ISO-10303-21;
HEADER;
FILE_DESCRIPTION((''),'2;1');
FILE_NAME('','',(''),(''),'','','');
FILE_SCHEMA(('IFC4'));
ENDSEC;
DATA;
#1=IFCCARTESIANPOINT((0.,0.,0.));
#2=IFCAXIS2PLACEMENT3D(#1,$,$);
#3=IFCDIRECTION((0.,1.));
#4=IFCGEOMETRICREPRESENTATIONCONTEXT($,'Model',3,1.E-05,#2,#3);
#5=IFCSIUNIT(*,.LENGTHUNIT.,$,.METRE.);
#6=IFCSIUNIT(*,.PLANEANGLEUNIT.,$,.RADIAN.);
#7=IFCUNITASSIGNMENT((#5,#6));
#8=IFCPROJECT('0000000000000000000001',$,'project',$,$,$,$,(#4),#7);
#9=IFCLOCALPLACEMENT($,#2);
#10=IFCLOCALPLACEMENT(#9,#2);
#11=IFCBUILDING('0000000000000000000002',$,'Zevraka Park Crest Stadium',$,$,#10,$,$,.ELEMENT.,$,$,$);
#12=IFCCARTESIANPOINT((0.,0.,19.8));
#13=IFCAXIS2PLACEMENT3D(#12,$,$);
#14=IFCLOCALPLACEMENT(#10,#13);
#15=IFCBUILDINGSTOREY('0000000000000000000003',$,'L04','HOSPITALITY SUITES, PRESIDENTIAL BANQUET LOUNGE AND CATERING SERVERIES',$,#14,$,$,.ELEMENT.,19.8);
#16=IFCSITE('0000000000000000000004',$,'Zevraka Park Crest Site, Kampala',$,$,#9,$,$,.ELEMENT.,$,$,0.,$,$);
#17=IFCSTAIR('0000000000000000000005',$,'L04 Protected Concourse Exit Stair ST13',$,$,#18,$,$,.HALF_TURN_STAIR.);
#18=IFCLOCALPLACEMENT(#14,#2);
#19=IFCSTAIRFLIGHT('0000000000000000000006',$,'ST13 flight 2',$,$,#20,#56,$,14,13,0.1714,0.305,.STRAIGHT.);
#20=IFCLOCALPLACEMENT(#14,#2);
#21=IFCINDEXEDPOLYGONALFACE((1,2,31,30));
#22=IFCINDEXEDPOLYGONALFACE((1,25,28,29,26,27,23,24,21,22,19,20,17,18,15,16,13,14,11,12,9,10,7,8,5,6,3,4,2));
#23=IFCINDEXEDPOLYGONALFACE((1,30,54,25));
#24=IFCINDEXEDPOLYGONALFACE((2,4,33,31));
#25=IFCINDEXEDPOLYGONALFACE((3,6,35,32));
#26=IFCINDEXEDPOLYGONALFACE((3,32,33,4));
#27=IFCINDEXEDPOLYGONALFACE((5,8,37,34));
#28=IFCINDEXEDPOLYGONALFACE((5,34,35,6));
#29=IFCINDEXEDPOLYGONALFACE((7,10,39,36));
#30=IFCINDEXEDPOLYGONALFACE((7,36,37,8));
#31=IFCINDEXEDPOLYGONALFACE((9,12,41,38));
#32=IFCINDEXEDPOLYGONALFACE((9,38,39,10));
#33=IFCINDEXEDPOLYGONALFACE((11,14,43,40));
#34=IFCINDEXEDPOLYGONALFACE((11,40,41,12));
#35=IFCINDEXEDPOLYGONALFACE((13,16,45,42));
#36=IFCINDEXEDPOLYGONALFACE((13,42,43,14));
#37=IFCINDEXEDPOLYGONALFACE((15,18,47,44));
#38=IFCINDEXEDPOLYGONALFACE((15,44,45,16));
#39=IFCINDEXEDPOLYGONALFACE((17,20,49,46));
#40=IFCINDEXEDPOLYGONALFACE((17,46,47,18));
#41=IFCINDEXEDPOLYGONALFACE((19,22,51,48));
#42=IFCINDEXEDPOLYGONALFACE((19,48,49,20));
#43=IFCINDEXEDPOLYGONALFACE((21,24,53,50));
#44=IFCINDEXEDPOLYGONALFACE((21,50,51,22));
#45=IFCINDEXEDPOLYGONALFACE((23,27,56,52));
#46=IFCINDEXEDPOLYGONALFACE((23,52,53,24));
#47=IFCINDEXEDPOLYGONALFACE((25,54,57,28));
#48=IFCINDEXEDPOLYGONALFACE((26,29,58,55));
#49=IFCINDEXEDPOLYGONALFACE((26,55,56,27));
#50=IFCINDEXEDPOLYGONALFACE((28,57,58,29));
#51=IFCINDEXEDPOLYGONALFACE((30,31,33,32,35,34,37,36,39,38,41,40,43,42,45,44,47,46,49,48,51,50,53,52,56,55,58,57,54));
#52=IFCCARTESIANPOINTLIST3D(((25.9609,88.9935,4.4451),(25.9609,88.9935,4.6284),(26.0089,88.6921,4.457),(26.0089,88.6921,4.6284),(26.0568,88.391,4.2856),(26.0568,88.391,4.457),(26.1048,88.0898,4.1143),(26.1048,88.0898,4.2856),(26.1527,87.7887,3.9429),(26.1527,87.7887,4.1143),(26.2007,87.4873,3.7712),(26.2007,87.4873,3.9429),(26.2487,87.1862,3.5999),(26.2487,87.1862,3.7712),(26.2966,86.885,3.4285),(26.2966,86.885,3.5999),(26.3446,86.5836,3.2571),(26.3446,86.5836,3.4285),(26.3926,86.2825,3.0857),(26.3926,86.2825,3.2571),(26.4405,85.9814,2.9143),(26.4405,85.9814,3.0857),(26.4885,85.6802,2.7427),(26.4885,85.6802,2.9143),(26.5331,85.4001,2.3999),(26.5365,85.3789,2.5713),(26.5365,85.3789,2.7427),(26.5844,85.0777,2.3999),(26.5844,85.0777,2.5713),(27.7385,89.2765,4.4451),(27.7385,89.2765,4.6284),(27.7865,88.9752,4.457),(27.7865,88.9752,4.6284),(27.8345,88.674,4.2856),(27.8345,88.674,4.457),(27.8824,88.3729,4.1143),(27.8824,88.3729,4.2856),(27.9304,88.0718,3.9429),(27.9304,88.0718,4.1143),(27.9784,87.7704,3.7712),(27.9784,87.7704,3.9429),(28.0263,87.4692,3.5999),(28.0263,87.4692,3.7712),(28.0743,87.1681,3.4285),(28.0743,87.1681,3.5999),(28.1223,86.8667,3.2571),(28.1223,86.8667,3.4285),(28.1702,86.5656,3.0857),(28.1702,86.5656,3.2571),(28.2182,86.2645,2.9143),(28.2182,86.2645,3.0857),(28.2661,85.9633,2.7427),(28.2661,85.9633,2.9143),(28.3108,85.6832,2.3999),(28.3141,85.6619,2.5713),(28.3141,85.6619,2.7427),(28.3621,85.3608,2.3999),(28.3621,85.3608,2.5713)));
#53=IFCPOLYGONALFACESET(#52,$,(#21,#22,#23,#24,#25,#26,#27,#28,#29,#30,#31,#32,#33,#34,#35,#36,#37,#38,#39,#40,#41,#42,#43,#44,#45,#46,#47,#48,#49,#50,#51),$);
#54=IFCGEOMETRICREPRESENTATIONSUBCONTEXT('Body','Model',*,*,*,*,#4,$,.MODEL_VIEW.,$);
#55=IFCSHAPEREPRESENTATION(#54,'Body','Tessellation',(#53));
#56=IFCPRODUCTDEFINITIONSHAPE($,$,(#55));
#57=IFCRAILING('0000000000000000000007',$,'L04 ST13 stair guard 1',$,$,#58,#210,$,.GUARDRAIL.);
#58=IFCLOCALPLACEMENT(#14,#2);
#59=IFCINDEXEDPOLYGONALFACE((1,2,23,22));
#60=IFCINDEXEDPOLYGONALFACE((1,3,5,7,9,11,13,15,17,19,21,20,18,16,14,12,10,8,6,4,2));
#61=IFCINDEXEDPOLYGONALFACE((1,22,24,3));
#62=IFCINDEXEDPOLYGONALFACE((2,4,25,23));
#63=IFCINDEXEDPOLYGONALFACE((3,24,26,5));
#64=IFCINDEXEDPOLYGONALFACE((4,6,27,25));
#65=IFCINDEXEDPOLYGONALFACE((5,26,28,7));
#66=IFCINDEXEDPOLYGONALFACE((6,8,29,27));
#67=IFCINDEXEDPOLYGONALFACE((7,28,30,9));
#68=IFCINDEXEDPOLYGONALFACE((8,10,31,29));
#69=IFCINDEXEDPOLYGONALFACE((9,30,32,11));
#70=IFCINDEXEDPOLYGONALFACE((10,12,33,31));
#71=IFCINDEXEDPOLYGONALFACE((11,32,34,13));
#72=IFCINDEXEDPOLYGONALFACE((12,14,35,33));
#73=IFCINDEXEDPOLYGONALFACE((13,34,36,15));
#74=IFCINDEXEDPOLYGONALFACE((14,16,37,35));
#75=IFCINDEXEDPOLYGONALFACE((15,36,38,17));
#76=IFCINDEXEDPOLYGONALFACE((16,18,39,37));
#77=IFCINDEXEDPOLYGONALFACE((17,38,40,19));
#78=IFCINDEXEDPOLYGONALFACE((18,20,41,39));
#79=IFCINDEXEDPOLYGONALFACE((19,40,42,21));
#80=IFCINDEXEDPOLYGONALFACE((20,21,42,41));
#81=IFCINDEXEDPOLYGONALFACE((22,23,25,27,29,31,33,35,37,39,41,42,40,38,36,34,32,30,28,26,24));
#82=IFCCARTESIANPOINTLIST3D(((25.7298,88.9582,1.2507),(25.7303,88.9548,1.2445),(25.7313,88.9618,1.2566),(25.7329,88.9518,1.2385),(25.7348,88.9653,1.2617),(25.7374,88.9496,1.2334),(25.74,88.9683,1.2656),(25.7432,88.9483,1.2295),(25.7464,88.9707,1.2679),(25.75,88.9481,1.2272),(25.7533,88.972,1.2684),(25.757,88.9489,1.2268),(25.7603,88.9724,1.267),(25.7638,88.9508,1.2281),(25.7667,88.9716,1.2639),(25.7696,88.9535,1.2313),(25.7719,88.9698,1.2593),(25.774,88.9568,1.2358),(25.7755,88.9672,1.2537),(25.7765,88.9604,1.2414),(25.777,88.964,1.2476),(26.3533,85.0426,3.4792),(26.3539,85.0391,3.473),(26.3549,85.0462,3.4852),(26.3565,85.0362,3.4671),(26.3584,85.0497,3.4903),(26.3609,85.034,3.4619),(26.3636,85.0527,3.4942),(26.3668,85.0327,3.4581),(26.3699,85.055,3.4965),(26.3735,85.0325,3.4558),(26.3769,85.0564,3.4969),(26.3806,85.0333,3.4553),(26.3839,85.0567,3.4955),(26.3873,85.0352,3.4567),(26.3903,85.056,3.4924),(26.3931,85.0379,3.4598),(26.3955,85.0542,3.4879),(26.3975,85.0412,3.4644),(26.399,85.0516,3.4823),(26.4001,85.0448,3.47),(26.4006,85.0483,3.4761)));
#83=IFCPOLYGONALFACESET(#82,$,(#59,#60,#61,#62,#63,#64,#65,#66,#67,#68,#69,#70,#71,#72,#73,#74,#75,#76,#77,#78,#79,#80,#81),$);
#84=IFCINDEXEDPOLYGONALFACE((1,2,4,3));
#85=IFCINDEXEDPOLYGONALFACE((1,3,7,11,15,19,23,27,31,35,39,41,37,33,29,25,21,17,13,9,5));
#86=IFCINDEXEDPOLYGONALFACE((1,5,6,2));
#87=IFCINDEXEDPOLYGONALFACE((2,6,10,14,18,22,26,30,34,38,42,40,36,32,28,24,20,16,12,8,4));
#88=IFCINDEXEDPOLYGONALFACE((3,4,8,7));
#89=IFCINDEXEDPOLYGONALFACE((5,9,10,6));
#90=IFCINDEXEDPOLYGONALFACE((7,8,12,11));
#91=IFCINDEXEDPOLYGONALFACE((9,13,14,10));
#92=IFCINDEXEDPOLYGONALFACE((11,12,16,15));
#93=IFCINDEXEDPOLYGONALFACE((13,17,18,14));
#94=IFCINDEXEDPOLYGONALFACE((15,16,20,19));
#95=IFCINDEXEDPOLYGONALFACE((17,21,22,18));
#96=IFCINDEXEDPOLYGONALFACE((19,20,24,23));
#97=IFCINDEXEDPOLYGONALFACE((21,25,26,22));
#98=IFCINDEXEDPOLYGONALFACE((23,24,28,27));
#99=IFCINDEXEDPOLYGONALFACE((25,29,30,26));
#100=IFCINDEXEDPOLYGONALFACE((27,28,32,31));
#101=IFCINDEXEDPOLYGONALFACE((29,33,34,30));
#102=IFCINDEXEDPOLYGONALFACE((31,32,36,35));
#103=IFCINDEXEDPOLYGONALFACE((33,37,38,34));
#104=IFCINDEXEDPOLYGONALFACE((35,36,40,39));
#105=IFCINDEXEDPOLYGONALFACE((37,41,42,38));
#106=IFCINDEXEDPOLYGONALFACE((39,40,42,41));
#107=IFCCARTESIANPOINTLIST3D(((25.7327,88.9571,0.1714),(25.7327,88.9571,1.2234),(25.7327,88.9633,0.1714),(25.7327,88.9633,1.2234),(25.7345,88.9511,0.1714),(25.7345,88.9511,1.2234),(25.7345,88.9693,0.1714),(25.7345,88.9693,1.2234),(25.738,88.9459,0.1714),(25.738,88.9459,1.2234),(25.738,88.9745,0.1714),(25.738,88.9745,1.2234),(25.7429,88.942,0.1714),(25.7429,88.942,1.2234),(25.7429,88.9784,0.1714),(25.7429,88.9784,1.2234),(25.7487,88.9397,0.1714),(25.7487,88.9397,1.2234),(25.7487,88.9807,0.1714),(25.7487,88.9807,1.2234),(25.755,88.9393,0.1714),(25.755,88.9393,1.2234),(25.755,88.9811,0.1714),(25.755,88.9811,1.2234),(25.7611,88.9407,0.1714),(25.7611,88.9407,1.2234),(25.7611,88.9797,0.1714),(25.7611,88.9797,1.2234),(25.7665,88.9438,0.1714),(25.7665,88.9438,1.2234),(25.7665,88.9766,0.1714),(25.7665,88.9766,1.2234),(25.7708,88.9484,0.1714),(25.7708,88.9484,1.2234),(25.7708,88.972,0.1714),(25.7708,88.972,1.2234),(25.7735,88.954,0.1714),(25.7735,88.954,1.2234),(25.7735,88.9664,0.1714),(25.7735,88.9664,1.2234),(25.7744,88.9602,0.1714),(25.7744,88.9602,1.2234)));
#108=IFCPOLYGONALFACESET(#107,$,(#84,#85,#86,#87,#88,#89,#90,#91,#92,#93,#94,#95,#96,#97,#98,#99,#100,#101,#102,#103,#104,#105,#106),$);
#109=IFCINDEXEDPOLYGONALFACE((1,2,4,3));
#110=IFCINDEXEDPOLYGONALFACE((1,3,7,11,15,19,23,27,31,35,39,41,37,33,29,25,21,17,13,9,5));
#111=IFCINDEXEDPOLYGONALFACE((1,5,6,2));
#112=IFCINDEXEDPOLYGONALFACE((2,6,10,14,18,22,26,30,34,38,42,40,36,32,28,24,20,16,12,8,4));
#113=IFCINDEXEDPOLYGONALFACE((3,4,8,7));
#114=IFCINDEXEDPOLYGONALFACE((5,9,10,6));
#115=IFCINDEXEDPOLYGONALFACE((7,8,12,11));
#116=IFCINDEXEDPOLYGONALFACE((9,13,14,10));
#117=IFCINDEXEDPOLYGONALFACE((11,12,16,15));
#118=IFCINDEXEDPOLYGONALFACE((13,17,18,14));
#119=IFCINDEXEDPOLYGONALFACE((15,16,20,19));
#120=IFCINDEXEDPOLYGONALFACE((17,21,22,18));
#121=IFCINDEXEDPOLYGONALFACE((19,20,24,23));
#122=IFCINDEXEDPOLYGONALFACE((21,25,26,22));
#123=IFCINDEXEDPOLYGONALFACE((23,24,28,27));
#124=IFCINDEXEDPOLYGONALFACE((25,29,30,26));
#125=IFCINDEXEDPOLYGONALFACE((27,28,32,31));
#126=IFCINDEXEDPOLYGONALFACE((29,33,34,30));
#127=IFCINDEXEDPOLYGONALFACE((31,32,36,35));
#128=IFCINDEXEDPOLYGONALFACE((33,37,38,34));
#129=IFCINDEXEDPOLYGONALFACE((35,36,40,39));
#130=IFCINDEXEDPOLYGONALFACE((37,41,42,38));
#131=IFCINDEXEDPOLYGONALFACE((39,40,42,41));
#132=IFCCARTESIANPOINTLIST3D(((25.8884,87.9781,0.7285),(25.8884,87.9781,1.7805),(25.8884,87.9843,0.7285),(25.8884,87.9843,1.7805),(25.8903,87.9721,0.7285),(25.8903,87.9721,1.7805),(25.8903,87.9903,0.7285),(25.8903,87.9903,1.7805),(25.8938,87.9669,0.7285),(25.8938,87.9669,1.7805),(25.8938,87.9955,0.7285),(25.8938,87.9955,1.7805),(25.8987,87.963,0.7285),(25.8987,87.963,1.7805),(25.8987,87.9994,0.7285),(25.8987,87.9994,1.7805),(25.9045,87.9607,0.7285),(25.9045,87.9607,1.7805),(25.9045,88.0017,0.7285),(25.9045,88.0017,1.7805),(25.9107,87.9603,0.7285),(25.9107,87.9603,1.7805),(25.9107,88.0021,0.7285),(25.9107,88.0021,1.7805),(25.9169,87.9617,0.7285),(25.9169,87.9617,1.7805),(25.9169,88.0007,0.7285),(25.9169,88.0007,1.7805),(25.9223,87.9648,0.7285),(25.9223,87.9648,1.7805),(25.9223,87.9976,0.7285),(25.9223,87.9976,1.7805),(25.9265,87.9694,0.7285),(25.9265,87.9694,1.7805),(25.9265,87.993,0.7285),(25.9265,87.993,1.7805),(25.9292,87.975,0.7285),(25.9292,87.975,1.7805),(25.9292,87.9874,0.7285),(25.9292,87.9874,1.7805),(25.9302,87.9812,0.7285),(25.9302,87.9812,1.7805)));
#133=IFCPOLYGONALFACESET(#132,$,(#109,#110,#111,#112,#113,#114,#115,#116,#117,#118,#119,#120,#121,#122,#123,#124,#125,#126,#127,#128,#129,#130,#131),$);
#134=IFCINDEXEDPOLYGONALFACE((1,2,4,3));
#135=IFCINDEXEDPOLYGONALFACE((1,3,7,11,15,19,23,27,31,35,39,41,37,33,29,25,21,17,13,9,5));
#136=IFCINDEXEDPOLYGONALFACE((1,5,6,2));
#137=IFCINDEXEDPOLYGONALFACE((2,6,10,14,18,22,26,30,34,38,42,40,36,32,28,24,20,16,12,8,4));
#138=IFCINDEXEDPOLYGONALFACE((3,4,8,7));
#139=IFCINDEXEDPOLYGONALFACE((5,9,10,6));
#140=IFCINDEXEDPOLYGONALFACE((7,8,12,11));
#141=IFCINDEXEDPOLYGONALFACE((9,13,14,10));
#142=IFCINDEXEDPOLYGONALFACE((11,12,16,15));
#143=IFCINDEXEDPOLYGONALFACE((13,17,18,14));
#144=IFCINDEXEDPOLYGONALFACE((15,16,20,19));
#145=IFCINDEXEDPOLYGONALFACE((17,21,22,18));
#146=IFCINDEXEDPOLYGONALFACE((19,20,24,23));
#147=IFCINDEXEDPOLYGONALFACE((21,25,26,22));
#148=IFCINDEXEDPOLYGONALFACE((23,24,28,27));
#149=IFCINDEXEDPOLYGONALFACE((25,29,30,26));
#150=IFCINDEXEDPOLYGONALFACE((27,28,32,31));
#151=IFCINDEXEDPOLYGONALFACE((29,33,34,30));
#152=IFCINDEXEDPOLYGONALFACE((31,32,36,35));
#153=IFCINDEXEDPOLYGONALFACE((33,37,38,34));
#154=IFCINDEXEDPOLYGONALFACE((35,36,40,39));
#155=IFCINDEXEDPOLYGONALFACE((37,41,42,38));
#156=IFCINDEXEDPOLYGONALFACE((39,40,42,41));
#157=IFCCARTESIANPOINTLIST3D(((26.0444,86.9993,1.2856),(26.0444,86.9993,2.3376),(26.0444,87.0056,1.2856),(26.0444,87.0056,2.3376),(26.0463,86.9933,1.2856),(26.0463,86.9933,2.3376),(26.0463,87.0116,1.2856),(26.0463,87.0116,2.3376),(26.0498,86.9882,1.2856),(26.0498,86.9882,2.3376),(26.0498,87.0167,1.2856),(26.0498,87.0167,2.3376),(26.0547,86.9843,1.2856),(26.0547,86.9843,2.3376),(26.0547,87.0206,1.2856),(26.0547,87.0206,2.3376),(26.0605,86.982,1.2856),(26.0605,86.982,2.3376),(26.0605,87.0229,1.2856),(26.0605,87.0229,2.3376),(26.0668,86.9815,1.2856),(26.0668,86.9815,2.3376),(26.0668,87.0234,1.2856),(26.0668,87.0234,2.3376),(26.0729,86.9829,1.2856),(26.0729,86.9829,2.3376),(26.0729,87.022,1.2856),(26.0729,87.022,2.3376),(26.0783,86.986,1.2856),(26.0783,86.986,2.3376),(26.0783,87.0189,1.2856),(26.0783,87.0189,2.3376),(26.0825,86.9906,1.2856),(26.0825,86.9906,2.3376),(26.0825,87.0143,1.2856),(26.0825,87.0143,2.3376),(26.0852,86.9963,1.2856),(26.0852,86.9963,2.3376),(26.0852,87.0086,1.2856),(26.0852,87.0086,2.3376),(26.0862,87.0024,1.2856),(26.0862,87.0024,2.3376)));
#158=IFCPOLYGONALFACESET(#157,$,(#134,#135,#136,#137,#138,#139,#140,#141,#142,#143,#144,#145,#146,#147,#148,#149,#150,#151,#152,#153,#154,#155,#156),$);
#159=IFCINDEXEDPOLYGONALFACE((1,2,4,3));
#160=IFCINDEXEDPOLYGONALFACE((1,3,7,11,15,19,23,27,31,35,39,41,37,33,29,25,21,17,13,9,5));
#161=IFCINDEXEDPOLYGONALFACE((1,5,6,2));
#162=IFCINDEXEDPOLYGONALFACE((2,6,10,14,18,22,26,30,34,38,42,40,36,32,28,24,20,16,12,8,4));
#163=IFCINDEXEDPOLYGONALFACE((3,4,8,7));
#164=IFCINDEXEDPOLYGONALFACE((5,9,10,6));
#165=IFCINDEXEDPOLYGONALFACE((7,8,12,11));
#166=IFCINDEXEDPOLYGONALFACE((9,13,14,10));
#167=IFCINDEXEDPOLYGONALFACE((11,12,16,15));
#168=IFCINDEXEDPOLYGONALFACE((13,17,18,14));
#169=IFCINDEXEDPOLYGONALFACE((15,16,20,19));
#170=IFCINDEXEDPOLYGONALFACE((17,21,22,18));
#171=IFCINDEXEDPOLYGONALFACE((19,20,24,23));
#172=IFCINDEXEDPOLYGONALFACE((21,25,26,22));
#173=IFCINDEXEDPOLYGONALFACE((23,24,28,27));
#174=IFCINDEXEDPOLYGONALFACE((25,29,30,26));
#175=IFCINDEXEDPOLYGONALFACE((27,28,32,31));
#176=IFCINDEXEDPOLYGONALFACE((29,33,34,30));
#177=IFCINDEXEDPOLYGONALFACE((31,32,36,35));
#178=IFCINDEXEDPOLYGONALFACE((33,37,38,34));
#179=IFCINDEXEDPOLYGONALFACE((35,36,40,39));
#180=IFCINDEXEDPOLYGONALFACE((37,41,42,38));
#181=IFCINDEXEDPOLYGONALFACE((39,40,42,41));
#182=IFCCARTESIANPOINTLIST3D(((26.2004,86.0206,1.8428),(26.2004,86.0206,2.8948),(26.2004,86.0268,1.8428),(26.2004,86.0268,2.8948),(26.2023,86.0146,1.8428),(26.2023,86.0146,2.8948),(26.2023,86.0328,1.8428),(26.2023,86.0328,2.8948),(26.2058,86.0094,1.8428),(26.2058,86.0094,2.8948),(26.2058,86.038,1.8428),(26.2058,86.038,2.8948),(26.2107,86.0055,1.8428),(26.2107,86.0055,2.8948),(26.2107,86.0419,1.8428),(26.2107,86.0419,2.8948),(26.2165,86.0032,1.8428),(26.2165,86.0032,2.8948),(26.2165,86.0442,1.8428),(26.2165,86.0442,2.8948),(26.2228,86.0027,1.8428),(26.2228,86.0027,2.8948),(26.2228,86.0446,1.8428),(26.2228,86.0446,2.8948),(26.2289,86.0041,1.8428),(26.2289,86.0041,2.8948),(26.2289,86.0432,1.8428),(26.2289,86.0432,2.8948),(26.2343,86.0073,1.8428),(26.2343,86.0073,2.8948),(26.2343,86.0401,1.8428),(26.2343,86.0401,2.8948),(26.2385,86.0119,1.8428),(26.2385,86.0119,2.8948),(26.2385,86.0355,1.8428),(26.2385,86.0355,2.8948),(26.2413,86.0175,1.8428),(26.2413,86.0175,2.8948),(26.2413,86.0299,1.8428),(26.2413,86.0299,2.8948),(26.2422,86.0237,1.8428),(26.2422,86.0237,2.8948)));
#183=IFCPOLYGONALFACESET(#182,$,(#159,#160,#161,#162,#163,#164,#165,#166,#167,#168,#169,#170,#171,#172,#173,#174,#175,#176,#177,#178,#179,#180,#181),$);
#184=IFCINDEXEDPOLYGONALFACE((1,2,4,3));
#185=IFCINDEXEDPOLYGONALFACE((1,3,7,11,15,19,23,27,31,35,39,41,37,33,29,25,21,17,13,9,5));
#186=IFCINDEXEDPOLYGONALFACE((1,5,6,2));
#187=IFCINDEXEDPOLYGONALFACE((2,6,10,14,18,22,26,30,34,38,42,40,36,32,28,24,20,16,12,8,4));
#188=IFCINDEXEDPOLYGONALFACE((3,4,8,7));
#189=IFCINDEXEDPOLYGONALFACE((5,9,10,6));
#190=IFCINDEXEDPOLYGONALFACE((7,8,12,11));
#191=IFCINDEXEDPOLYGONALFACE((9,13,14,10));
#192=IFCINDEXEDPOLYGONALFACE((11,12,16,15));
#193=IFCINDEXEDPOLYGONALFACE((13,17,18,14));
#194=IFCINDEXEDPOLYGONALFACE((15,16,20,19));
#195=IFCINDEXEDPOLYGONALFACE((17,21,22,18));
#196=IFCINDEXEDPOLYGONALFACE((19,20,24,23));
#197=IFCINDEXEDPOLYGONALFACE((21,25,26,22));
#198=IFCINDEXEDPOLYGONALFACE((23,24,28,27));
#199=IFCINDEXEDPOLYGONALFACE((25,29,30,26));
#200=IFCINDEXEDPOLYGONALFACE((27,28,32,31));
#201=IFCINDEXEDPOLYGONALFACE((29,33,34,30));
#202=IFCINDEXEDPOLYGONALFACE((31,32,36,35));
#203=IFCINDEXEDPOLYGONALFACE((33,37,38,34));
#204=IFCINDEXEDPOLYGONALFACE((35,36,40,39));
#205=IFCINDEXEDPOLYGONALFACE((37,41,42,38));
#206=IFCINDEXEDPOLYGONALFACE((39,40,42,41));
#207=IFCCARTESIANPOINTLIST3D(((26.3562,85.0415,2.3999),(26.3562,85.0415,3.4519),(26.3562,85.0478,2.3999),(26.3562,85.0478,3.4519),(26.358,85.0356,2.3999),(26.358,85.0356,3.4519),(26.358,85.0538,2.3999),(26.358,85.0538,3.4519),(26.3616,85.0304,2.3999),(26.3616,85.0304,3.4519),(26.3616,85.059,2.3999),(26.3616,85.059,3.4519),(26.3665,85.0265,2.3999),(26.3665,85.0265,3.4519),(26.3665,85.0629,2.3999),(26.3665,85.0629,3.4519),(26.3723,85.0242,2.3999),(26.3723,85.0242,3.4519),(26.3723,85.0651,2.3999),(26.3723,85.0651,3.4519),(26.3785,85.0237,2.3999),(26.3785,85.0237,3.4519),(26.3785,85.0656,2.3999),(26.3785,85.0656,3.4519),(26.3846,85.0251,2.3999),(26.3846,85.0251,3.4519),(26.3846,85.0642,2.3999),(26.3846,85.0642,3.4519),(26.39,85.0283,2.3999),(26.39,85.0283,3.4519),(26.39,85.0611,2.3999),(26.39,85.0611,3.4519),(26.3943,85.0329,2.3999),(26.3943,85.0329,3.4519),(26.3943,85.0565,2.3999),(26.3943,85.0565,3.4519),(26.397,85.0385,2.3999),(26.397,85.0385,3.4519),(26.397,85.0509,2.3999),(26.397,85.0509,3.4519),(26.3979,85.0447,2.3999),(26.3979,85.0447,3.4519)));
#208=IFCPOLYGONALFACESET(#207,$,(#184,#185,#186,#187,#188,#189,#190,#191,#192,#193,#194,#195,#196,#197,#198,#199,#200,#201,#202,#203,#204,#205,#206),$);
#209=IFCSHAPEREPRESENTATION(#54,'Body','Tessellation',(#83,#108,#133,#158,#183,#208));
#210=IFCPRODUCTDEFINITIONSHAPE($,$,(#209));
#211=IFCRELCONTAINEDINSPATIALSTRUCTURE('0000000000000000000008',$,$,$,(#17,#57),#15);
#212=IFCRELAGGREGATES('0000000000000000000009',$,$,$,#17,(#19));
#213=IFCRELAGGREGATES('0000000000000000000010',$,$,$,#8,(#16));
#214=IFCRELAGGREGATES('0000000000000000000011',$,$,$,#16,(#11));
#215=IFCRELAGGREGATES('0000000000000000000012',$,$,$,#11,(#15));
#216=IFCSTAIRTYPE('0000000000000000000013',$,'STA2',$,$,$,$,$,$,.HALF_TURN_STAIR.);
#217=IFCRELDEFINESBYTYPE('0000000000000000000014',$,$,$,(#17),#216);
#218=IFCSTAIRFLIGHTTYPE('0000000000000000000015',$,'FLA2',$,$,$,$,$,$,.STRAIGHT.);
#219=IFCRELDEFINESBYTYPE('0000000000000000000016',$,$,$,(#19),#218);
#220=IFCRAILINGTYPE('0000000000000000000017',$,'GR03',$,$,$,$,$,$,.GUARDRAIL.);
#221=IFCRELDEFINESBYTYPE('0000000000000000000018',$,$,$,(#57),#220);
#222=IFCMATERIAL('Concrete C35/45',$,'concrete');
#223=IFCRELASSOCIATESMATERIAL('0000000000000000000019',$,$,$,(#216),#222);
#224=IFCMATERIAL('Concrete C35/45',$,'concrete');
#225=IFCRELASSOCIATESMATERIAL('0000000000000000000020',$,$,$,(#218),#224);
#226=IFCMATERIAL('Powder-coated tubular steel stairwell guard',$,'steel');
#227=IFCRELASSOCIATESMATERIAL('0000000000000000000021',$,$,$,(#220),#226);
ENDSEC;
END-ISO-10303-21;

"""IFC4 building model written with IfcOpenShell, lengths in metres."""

from ifc_helpers import new_model, si_unit, direction, frame, origin, origin_2d, place, context, subcontext, project, spatial, polyline, circle, outline, extrude, material, type_object, element, aggregate, save


model = new_model("IFC4")

# Units and contexts
model_context = context("Model", 3, precision=1e-05, world=origin(), true_north=direction((0.0, 1.0)))
body_context = subcontext(model_context, "Body", "Model", "MODEL_VIEW")
ifc_project = project(units=[si_unit("LENGTHUNIT", "METRE"), si_unit("PLANEANGLEUNIT", "RADIAN")], contexts=[model_context])

# Site, building, storey
site_placement = place(None, origin())
site = spatial("IfcSite", under=ifc_project, at=site_placement, Name="Zevraka Park Crest Site, Kampala", CompositionType="ELEMENT", RefElevation=0.0)
building_placement = place(site_placement, origin())
building = spatial("IfcBuilding", under=site, at=building_placement, Name="Zevraka Park Crest Stadium", CompositionType="ELEMENT")
storey_placement = place(building_placement, frame((0.0, 0.0, 19.8)))
storey = spatial("IfcBuildingStorey", under=building, at=storey_placement, Name="L04", Description="HOSPITALITY SUITES, PRESIDENTIAL BANQUET LOUNGE AND CATERING SERVERIES", CompositionType="ELEMENT", Elevation=19.8)

# Stair, stair flight
ifc_material_1 = material(Name="Concrete C35/45", Category="concrete")
stair_type = type_object("IfcStairType", Name="STA2", PredefinedType="HALF_TURN_STAIR", material=ifc_material_1)
stair_placement = place(storey_placement, origin())
stair = element("IfcStair", 1, at=stair_placement, inside=storey, type_object=stair_type, Name="L04 Protected Concourse Exit Stair ST13", PredefinedType="HALF_TURN_STAIR")
ifc_material_2 = material(Name="Concrete C35/45", Category="concrete")
stair_flight_type = type_object("IfcStairFlightType", Name="FLA2", PredefinedType="STRAIGHT", material=ifc_material_2)
stair_flight_1_placement = place(storey_placement, frame((27.4731, 85.2192, 2.3999), z_axis=(0.0, 0.0, 1.0), x_axis=(-0.157262, 0.987557, 0.0)))
stair_flight_1 = element("IfcStairFlight", 2, at=stair_flight_1_placement, type_object=stair_flight_type, Name="ST13 flight 2", NumberOfRisers=14, NumberOfTreads=13, PredefinedType="STRAIGHT", RiserHeight=0.1714, TreadLength=0.305, context=body_context, shape_type="SweptSolid", body=[
    extrude(outline(polyline([(0.0, 0.0), (0.0, 0.1714), (0.3049, 0.1714), (0.3049, 0.3428), (0.6101, 0.3428), (0.6101, 0.5144), (0.915, 0.5144), (0.915, 0.6858), (1.22, 0.6858), (1.22, 0.8572), (1.5249, 0.8572), (1.5249, 1.0286), (1.8301, 1.0286), (1.8301, 1.2), (2.135, 1.2), (2.135, 1.3713), (2.4399, 1.3713), (2.4399, 1.543), (2.7451, 1.543), (2.7451, 1.7144), (3.05, 1.7144), (3.05, 1.8857), (3.355, 1.8857), (3.355, 2.0571), (3.6599, 2.0571), (3.6599, 2.2285), (3.9651, 2.2285), (3.9651, 2.3999), (3.9651, 2.0452), (0.3264, 0.0), (0.0, 0.0)])), frame((0.0, 0.8999, 0.0), z_axis=(0.0, -1.0, 0.0), x_axis=(1.0, 0.0, 0.0)), (0.0, 0.0, 1.0), 1.8),
])
aggregate(stair, [stair_flight_1])

# Railing
ifc_material_3 = material(Name="Powder-coated tubular steel stairwell guard", Category="steel")
railing_type_1 = type_object("IfcRailingType", Name="GR03", PredefinedType="GUARDRAIL", material=ifc_material_3)
railing_1_placement = place(storey_placement, frame((25.7534, 88.9602, 0.1714)))
element("IfcRailing", 3, at=railing_1_placement, inside=storey, type_object=railing_type_1, Name="L04 ST13 stair guard 1", PredefinedType="GUARDRAIL", context=body_context, shape_type="SweptSolid", body=[
    extrude(circle(Radius=0.0239, at=origin_2d()), frame((0.0, 0.0, 1.0762), z_axis=(0.137094, -0.86089, 0.489974), x_axis=(0.987556, 0.157265, 0.0)), (0.0, 0.0, 1.0), 4.5483),
    extrude(circle(Radius=0.021, at=origin_2d()), origin(), (0.0, 0.0, 1.0), 1.052),
    extrude(circle(Radius=0.021, at=origin_2d()), frame((0.1558, -0.979, 0.5571)), (0.0, 0.0, 1.0), 1.052),
    extrude(circle(Radius=0.021, at=origin_2d()), frame((0.3118, -1.9578, 1.1143)), (0.0, 0.0, 1.0), 1.052),
    extrude(circle(Radius=0.021, at=origin_2d()), frame((0.4678, -2.9365, 1.6714)), (0.0, 0.0, 1.0), 1.052),
    extrude(circle(Radius=0.021, at=origin_2d()), frame((0.6235, -3.9155, 2.2285)), (0.0, 0.0, 1.0), 1.052),
])

save(model, "model.ifc")
